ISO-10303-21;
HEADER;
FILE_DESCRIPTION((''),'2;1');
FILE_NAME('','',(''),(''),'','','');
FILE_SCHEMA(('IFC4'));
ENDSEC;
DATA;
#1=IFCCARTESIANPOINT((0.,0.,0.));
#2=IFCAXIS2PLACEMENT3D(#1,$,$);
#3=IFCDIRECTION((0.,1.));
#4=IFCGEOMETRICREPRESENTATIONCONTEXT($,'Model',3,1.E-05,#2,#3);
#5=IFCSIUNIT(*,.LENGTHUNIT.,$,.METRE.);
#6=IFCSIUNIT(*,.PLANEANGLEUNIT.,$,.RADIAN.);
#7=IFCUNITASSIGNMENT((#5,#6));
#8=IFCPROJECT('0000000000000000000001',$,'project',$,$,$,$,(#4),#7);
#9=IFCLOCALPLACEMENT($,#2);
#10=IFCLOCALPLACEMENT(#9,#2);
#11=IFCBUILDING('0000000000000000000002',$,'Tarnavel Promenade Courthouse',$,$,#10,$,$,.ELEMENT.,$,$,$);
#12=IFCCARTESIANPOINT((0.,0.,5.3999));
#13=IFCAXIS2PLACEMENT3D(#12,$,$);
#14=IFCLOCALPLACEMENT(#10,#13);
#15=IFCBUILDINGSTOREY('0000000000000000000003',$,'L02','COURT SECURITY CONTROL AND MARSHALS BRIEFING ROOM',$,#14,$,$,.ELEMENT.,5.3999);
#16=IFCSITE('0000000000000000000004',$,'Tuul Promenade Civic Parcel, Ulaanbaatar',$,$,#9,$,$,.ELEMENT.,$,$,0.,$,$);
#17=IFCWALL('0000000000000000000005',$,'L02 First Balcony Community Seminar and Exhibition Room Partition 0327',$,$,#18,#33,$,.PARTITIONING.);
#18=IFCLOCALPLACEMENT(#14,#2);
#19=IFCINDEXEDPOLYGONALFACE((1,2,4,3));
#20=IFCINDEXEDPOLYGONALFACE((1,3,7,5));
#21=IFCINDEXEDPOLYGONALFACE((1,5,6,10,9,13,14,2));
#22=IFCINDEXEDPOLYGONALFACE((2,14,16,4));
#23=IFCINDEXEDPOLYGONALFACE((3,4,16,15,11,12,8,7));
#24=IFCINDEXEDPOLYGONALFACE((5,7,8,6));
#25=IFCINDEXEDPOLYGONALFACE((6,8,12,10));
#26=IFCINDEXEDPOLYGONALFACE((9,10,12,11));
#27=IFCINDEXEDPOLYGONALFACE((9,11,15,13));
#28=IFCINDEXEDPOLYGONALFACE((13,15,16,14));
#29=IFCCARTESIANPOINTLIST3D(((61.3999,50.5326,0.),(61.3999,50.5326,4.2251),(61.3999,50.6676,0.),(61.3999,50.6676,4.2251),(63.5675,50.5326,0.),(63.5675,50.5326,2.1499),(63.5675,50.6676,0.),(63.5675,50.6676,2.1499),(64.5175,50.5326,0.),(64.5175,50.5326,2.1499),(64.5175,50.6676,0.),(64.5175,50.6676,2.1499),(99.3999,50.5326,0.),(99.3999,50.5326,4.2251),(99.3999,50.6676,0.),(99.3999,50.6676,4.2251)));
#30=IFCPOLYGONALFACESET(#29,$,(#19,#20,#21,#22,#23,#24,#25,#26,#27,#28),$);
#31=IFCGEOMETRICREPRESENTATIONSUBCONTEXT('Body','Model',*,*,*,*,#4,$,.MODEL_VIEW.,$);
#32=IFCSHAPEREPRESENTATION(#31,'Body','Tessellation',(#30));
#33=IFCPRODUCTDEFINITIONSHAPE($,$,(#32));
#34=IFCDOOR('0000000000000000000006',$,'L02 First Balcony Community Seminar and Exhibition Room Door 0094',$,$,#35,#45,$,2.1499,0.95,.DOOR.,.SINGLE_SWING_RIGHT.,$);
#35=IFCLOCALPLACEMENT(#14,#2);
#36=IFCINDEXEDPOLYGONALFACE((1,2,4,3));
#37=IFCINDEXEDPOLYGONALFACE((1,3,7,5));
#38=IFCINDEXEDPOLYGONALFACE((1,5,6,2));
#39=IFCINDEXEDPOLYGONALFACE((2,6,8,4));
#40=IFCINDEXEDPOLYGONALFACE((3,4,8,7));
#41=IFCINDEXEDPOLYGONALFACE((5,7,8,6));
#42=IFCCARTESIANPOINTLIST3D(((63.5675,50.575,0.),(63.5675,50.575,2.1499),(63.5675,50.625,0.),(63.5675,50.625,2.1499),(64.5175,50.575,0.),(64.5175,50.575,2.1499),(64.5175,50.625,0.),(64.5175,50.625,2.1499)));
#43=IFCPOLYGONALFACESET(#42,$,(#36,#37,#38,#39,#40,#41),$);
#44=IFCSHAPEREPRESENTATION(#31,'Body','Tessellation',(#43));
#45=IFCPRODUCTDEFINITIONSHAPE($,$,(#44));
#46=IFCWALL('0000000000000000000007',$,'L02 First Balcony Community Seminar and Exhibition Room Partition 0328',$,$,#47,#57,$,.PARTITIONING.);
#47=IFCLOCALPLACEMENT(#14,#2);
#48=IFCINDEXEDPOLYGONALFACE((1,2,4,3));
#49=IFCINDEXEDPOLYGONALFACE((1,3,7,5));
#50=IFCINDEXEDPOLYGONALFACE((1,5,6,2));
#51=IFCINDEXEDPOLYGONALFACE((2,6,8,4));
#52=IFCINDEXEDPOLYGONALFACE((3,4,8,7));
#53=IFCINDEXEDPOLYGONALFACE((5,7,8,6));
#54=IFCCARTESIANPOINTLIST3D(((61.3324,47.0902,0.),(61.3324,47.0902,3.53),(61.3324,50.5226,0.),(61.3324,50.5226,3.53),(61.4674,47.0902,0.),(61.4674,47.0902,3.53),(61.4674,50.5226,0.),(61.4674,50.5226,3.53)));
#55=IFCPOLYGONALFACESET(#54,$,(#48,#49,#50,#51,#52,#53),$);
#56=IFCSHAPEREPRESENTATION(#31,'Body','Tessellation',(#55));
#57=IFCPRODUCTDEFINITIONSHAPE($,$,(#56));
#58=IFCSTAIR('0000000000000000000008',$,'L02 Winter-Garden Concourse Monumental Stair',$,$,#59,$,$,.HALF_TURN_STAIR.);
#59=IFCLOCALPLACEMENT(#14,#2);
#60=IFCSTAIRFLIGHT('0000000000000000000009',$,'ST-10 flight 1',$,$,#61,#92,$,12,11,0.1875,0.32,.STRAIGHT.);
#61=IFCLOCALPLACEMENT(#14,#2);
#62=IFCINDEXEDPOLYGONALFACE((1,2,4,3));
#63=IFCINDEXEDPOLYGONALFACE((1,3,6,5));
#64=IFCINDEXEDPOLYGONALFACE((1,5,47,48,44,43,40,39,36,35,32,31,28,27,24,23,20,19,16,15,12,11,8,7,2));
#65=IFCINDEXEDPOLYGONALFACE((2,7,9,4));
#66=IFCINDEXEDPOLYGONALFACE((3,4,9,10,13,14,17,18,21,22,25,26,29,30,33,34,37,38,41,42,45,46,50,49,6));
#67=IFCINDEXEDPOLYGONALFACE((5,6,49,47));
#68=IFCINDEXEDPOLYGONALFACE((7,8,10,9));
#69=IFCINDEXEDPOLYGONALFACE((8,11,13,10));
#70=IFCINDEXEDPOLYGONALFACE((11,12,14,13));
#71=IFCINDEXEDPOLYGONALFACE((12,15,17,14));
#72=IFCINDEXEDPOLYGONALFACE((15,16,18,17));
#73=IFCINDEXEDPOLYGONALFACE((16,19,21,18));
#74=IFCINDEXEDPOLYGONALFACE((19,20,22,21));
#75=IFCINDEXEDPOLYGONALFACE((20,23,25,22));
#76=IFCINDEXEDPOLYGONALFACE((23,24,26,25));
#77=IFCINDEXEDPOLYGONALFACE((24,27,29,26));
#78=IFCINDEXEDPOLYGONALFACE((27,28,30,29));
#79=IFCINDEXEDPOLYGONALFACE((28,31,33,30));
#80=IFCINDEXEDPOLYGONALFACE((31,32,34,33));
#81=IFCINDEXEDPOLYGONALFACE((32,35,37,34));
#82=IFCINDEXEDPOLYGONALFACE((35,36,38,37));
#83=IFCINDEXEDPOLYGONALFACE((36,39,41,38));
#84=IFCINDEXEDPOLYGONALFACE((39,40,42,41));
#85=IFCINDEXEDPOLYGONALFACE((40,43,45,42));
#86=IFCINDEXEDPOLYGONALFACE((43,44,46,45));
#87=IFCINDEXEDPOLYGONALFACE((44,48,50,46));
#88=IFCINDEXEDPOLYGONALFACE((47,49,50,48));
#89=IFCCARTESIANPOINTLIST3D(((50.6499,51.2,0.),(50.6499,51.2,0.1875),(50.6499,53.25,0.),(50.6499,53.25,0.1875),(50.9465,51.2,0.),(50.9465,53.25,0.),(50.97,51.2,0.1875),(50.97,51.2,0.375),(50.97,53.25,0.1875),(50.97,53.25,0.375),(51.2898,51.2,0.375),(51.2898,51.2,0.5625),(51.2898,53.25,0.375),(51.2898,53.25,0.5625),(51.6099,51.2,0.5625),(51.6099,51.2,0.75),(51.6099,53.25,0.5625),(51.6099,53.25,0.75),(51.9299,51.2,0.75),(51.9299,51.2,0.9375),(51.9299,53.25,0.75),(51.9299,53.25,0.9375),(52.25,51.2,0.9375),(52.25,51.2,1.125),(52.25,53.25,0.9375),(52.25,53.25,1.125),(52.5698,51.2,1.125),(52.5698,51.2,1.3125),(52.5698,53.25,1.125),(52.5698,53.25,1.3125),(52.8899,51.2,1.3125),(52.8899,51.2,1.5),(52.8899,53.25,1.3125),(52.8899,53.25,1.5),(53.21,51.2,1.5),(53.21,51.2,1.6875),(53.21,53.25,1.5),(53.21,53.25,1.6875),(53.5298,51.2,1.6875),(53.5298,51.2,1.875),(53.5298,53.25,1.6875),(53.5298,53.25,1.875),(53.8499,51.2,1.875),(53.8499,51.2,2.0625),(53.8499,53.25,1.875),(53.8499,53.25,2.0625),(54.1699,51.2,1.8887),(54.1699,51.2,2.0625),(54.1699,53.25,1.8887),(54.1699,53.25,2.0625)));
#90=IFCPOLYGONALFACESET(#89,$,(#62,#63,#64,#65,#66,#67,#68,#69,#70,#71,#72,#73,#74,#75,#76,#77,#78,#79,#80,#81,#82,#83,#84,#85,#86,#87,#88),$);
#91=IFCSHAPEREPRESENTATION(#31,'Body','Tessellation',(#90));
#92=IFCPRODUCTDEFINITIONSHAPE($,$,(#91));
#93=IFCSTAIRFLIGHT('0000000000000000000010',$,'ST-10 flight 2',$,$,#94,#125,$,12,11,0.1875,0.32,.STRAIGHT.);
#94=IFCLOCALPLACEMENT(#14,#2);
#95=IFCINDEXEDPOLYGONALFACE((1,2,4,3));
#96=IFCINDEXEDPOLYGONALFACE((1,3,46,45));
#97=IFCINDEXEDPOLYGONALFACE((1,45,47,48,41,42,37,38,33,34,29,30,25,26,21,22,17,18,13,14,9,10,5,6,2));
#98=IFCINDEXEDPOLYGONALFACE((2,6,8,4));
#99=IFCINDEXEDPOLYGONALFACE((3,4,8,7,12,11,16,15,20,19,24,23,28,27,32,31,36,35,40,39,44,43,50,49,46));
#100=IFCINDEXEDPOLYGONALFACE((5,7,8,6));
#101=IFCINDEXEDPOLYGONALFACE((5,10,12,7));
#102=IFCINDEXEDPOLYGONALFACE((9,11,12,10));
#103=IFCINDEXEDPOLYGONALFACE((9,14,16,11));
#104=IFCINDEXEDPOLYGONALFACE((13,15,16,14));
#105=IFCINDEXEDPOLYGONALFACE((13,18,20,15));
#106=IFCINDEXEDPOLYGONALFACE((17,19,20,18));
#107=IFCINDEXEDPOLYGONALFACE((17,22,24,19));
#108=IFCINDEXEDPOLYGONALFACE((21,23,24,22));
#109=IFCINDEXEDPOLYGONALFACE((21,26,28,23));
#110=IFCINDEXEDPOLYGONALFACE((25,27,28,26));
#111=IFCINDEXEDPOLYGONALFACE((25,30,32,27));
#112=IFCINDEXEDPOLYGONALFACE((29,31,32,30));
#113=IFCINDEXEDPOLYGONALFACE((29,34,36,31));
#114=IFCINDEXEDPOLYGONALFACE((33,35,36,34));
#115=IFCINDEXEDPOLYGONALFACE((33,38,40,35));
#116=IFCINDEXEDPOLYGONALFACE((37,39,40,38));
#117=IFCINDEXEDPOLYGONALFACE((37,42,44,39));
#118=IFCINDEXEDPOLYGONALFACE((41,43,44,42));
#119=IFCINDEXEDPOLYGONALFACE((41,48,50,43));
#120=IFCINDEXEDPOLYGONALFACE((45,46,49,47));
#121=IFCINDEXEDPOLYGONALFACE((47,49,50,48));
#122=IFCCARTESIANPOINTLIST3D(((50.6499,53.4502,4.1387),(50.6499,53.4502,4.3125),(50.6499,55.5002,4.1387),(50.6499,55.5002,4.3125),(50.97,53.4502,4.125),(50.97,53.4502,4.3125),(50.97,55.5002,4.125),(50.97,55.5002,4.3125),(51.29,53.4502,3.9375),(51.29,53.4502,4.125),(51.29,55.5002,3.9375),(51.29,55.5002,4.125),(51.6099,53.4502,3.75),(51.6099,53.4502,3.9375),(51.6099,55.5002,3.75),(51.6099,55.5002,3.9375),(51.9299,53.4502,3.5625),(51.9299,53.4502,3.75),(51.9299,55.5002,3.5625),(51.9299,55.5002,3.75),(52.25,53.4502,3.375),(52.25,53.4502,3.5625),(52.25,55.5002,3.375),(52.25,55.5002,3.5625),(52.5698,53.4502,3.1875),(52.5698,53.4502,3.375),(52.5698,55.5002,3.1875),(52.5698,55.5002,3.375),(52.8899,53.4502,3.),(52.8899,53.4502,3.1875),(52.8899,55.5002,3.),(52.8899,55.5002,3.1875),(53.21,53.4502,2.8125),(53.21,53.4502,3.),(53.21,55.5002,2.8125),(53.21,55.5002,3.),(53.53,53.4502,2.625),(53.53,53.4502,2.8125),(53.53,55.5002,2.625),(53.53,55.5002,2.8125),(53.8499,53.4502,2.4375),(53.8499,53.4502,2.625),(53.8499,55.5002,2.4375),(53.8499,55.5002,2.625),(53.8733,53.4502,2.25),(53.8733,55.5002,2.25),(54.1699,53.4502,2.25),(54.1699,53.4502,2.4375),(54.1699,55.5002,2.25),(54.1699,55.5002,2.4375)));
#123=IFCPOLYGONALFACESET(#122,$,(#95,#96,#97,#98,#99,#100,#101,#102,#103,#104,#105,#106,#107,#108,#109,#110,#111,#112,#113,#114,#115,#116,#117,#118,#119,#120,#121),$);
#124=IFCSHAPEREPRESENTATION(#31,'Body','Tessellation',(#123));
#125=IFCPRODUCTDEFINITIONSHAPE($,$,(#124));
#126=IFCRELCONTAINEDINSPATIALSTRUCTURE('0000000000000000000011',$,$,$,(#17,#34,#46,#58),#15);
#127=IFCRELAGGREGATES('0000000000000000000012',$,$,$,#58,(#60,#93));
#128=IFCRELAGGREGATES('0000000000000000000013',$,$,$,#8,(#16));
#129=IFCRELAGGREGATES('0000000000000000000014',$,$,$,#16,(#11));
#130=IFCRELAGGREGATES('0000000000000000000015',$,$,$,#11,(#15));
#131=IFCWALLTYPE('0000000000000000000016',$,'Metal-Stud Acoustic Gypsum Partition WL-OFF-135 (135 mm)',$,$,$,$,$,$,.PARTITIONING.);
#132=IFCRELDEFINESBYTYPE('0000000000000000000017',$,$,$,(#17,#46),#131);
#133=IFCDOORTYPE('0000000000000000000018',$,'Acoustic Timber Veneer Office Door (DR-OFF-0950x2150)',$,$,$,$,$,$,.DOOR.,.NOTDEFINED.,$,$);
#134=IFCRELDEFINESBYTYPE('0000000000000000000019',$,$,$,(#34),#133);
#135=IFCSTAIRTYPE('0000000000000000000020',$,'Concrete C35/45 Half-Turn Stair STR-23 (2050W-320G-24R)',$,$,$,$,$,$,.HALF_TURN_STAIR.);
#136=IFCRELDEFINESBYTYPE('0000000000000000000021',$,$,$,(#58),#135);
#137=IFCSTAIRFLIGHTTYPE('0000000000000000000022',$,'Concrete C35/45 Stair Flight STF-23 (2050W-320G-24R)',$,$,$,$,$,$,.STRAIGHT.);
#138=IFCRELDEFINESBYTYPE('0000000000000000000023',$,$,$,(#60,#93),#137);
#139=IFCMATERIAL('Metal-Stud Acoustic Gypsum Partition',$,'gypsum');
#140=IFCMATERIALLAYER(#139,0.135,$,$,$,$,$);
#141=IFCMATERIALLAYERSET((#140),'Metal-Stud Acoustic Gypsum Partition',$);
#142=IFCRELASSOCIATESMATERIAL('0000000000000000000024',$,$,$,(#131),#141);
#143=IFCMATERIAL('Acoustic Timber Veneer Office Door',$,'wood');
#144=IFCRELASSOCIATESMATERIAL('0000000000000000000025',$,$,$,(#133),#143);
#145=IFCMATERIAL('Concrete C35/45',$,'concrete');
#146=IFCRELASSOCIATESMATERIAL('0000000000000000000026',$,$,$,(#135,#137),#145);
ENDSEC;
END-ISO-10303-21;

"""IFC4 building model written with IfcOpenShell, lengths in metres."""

from ifc_helpers import new_model, si_unit, direction, frame, frame_2d, origin, place, context, subcontext, project, spatial, polyline, rectangle, outline, extrude, material, layer, layer_set, type_object, element, fill, aggregate, save


model = new_model("IFC4")

# Units and contexts
model_context = context("Model", 3, precision=1e-05, world=origin(), true_north=direction((0.0, 1.0)))
body_context = subcontext(model_context, "Body", "Model", "MODEL_VIEW")
ifc_project = project(units=[si_unit("LENGTHUNIT", "METRE"), si_unit("PLANEANGLEUNIT", "RADIAN")], contexts=[model_context])

# Site, building, storey
site_placement = place(None, origin())
site = spatial("IfcSite", under=ifc_project, at=site_placement, Name="Tuul Promenade Civic Parcel, Ulaanbaatar", CompositionType="ELEMENT", RefElevation=0.0)
building_placement = place(site_placement, origin())
building = spatial("IfcBuilding", under=site, at=building_placement, Name="Tarnavel Promenade Courthouse", CompositionType="ELEMENT")
storey_placement = place(building_placement, frame((0.0, 0.0, 5.3999)))
storey = spatial("IfcBuildingStorey", under=building, at=storey_placement, Name="L02", Description="COURT SECURITY CONTROL AND MARSHALS BRIEFING ROOM", CompositionType="ELEMENT", Elevation=5.3999)

# Shared definitions
ifc_material_1 = material(Name="Metal-Stud Acoustic Gypsum Partition", Category="gypsum")
ifc_layer_1 = layer(ifc_material_1, 0.135)
ifc_layer_set_1 = layer_set([ifc_layer_1], Name="Metal-Stud Acoustic Gypsum Partition")
wall_type = type_object("IfcWallType", Name="Metal-Stud Acoustic Gypsum Partition WL-OFF-135 (135 mm)", PredefinedType="PARTITIONING", material=ifc_layer_set_1)
ifc_material_2 = material(Name="Acoustic Timber Veneer Office Door", Category="wood")
door_type = type_object("IfcDoorType", Name="Acoustic Timber Veneer Office Door (DR-OFF-0950x2150)", OperationType="NOTDEFINED", PredefinedType="DOOR", material=ifc_material_2)

# Wall, opening, door
wall_1_placement = place(storey_placement, frame((61.3999, 50.6001, 0.0), z_axis=(0.0, 0.0, 1.0), x_axis=(1.0, 0.0, 0.0)))
wall_1 = element("IfcWall", 1, at=wall_1_placement, inside=storey, type_object=wall_type, Name="L02 First Balcony Community Seminar and Exhibition Room Partition 0327", PredefinedType="PARTITIONING", context=body_context, shape_type="SweptSolid", body=[
    extrude(rectangle(XDim=38.0, YDim=0.135, at=frame_2d((19.0, 0.0))), origin(), (0.0, 0.0, 1.0), 4.2251),
])
opening_1_placement = place(wall_1_placement, frame((2.1675, 0.0, 0.0)))
opening_1 = element("IfcOpeningElement", 2, at=opening_1_placement, cuts=wall_1, PredefinedType="OPENING", context=body_context, shape_type="SweptSolid", body=[
    extrude(rectangle(XDim=0.95, YDim=2.1499, at=frame_2d((0.4751, 1.075))), frame((0.0, 0.0774, 0.0), z_axis=(0.0, -1.0, 0.0), x_axis=(1.0, 0.0, 0.0)), (0.0, 0.0, 1.0), 0.155),
])
door_1_placement = place(opening_1_placement, origin())
door_1 = element("IfcDoor", 3, at=door_1_placement, inside=storey, type_object=door_type, Name="L02 First Balcony Community Seminar and Exhibition Room Door 0094", OperationType="SINGLE_SWING_RIGHT", OverallHeight=2.1499, OverallWidth=0.95, PredefinedType="DOOR", context=body_context, shape_type="SweptSolid", body=[
    extrude(rectangle(XDim=0.95, YDim=2.1499, at=frame_2d((0.4751, 1.075))), frame((0.0, 0.0249, 0.0), z_axis=(0.0, -1.0, 0.0), x_axis=(1.0, 0.0, 0.0)), (0.0, 0.0, 1.0), 0.05),
])
fill(opening_1, door_1)

# Wall
wall_2_placement = place(storey_placement, frame((61.3999, 47.0901, 0.0), z_axis=(0.0, 0.0, 1.0), x_axis=(0.0, 1.0, 0.0)))
element("IfcWall", 4, at=wall_2_placement, inside=storey, type_object=wall_type, Name="L02 First Balcony Community Seminar and Exhibition Room Partition 0328", PredefinedType="PARTITIONING", context=body_context, shape_type="SweptSolid", body=[
    extrude(rectangle(XDim=3.4324, YDim=0.135, at=frame_2d((1.7163, 0.0))), origin(), (0.0, 0.0, 1.0), 3.53),
])

# Stair, stair flights
ifc_material_3 = material(Name="Concrete C35/45", Category="concrete")
stair_type = type_object("IfcStairType", Name="Concrete C35/45 Half-Turn Stair STR-23 (2050W-320G-24R)", PredefinedType="HALF_TURN_STAIR", material=ifc_material_3)
stair_placement = place(storey_placement, origin())
stair = element("IfcStair", 5, at=stair_placement, inside=storey, type_object=stair_type, Name="L02 Winter-Garden Concourse Monumental Stair", PredefinedType="HALF_TURN_STAIR")
stair_flight_type = type_object("IfcStairFlightType", Name="Concrete C35/45 Stair Flight STF-23 (2050W-320G-24R)", PredefinedType="STRAIGHT", material=ifc_material_3)
stair_flight_1_placement = place(storey_placement, frame((50.6499, 52.2251, 0.0), z_axis=(0.0, 0.0, 1.0), x_axis=(1.0, 0.0, 0.0)))
stair_flight_1 = element("IfcStairFlight", 6, at=stair_flight_1_placement, type_object=stair_flight_type, Name="ST-10 flight 1", NumberOfRisers=12, NumberOfTreads=11, PredefinedType="STRAIGHT", RiserHeight=0.1875, TreadLength=0.32, context=body_context, shape_type="SweptSolid", body=[
    extrude(outline(polyline([(0.0, 0.0), (0.0, 0.1875), (0.3201, 0.1875), (0.3201, 0.375), (0.6399, 0.375), (0.6399, 0.5625), (0.96, 0.5625), (0.96, 0.75), (1.28, 0.75), (1.28, 0.9375), (1.6001, 0.9375), (1.6001, 1.125), (1.9199, 1.125), (1.9199, 1.3125), (2.24, 1.3125), (2.24, 1.5), (2.5601, 1.5), (2.5601, 1.6875), (2.8799, 1.6875), (2.8799, 1.875), (3.2, 1.875), (3.2, 2.0625), (3.52, 2.0625), (3.52, 2.25), (3.52, 1.8887), (0.2966, 0.0), (0.0, 0.0)])), frame((0.0, 1.0249, 0.0), z_axis=(0.0, -1.0, 0.0), x_axis=(1.0, 0.0, 0.0)), (0.0, 0.0, 1.0), 2.05),
])
stair_flight_2_placement = place(storey_placement, frame((54.1699, 54.4751, 2.25), z_axis=(0.0, 0.0, 1.0), x_axis=(-1.0, 0.0, 0.0)))
stair_flight_2 = element("IfcStairFlight", 7, at=stair_flight_2_placement, type_object=stair_flight_type, Name="ST-10 flight 2", NumberOfRisers=12, NumberOfTreads=11, PredefinedType="STRAIGHT", RiserHeight=0.1875, TreadLength=0.32, context=body_context, shape_type="SweptSolid", body=[
    extrude(outline(polyline([(0.0, 0.0), (0.0, 0.1875), (0.3201, 0.1875), (0.3201, 0.375), (0.6399, 0.375), (0.6399, 0.5625), (0.96, 0.5625), (0.96, 0.75), (1.28, 0.75), (1.28, 0.9375), (1.6001, 0.9375), (1.6001, 1.125), (1.9199, 1.125), (1.9199, 1.3125), (2.24, 1.3125), (2.24, 1.5), (2.5601, 1.5), (2.5601, 1.6875), (2.8799, 1.6875), (2.8799, 1.875), (3.2, 1.875), (3.2, 2.0625), (3.52, 2.0625), (3.52, 2.25), (3.52, 1.8887), (0.2966, 0.0), (0.0, 0.0)])), frame((0.0, 1.0249, 0.0), z_axis=(0.0, -1.0, 0.0), x_axis=(1.0, 0.0, 0.0)), (0.0, 0.0, 1.0), 2.05),
])
aggregate(stair, [stair_flight_1, stair_flight_2])

save(model, "model.ifc")
